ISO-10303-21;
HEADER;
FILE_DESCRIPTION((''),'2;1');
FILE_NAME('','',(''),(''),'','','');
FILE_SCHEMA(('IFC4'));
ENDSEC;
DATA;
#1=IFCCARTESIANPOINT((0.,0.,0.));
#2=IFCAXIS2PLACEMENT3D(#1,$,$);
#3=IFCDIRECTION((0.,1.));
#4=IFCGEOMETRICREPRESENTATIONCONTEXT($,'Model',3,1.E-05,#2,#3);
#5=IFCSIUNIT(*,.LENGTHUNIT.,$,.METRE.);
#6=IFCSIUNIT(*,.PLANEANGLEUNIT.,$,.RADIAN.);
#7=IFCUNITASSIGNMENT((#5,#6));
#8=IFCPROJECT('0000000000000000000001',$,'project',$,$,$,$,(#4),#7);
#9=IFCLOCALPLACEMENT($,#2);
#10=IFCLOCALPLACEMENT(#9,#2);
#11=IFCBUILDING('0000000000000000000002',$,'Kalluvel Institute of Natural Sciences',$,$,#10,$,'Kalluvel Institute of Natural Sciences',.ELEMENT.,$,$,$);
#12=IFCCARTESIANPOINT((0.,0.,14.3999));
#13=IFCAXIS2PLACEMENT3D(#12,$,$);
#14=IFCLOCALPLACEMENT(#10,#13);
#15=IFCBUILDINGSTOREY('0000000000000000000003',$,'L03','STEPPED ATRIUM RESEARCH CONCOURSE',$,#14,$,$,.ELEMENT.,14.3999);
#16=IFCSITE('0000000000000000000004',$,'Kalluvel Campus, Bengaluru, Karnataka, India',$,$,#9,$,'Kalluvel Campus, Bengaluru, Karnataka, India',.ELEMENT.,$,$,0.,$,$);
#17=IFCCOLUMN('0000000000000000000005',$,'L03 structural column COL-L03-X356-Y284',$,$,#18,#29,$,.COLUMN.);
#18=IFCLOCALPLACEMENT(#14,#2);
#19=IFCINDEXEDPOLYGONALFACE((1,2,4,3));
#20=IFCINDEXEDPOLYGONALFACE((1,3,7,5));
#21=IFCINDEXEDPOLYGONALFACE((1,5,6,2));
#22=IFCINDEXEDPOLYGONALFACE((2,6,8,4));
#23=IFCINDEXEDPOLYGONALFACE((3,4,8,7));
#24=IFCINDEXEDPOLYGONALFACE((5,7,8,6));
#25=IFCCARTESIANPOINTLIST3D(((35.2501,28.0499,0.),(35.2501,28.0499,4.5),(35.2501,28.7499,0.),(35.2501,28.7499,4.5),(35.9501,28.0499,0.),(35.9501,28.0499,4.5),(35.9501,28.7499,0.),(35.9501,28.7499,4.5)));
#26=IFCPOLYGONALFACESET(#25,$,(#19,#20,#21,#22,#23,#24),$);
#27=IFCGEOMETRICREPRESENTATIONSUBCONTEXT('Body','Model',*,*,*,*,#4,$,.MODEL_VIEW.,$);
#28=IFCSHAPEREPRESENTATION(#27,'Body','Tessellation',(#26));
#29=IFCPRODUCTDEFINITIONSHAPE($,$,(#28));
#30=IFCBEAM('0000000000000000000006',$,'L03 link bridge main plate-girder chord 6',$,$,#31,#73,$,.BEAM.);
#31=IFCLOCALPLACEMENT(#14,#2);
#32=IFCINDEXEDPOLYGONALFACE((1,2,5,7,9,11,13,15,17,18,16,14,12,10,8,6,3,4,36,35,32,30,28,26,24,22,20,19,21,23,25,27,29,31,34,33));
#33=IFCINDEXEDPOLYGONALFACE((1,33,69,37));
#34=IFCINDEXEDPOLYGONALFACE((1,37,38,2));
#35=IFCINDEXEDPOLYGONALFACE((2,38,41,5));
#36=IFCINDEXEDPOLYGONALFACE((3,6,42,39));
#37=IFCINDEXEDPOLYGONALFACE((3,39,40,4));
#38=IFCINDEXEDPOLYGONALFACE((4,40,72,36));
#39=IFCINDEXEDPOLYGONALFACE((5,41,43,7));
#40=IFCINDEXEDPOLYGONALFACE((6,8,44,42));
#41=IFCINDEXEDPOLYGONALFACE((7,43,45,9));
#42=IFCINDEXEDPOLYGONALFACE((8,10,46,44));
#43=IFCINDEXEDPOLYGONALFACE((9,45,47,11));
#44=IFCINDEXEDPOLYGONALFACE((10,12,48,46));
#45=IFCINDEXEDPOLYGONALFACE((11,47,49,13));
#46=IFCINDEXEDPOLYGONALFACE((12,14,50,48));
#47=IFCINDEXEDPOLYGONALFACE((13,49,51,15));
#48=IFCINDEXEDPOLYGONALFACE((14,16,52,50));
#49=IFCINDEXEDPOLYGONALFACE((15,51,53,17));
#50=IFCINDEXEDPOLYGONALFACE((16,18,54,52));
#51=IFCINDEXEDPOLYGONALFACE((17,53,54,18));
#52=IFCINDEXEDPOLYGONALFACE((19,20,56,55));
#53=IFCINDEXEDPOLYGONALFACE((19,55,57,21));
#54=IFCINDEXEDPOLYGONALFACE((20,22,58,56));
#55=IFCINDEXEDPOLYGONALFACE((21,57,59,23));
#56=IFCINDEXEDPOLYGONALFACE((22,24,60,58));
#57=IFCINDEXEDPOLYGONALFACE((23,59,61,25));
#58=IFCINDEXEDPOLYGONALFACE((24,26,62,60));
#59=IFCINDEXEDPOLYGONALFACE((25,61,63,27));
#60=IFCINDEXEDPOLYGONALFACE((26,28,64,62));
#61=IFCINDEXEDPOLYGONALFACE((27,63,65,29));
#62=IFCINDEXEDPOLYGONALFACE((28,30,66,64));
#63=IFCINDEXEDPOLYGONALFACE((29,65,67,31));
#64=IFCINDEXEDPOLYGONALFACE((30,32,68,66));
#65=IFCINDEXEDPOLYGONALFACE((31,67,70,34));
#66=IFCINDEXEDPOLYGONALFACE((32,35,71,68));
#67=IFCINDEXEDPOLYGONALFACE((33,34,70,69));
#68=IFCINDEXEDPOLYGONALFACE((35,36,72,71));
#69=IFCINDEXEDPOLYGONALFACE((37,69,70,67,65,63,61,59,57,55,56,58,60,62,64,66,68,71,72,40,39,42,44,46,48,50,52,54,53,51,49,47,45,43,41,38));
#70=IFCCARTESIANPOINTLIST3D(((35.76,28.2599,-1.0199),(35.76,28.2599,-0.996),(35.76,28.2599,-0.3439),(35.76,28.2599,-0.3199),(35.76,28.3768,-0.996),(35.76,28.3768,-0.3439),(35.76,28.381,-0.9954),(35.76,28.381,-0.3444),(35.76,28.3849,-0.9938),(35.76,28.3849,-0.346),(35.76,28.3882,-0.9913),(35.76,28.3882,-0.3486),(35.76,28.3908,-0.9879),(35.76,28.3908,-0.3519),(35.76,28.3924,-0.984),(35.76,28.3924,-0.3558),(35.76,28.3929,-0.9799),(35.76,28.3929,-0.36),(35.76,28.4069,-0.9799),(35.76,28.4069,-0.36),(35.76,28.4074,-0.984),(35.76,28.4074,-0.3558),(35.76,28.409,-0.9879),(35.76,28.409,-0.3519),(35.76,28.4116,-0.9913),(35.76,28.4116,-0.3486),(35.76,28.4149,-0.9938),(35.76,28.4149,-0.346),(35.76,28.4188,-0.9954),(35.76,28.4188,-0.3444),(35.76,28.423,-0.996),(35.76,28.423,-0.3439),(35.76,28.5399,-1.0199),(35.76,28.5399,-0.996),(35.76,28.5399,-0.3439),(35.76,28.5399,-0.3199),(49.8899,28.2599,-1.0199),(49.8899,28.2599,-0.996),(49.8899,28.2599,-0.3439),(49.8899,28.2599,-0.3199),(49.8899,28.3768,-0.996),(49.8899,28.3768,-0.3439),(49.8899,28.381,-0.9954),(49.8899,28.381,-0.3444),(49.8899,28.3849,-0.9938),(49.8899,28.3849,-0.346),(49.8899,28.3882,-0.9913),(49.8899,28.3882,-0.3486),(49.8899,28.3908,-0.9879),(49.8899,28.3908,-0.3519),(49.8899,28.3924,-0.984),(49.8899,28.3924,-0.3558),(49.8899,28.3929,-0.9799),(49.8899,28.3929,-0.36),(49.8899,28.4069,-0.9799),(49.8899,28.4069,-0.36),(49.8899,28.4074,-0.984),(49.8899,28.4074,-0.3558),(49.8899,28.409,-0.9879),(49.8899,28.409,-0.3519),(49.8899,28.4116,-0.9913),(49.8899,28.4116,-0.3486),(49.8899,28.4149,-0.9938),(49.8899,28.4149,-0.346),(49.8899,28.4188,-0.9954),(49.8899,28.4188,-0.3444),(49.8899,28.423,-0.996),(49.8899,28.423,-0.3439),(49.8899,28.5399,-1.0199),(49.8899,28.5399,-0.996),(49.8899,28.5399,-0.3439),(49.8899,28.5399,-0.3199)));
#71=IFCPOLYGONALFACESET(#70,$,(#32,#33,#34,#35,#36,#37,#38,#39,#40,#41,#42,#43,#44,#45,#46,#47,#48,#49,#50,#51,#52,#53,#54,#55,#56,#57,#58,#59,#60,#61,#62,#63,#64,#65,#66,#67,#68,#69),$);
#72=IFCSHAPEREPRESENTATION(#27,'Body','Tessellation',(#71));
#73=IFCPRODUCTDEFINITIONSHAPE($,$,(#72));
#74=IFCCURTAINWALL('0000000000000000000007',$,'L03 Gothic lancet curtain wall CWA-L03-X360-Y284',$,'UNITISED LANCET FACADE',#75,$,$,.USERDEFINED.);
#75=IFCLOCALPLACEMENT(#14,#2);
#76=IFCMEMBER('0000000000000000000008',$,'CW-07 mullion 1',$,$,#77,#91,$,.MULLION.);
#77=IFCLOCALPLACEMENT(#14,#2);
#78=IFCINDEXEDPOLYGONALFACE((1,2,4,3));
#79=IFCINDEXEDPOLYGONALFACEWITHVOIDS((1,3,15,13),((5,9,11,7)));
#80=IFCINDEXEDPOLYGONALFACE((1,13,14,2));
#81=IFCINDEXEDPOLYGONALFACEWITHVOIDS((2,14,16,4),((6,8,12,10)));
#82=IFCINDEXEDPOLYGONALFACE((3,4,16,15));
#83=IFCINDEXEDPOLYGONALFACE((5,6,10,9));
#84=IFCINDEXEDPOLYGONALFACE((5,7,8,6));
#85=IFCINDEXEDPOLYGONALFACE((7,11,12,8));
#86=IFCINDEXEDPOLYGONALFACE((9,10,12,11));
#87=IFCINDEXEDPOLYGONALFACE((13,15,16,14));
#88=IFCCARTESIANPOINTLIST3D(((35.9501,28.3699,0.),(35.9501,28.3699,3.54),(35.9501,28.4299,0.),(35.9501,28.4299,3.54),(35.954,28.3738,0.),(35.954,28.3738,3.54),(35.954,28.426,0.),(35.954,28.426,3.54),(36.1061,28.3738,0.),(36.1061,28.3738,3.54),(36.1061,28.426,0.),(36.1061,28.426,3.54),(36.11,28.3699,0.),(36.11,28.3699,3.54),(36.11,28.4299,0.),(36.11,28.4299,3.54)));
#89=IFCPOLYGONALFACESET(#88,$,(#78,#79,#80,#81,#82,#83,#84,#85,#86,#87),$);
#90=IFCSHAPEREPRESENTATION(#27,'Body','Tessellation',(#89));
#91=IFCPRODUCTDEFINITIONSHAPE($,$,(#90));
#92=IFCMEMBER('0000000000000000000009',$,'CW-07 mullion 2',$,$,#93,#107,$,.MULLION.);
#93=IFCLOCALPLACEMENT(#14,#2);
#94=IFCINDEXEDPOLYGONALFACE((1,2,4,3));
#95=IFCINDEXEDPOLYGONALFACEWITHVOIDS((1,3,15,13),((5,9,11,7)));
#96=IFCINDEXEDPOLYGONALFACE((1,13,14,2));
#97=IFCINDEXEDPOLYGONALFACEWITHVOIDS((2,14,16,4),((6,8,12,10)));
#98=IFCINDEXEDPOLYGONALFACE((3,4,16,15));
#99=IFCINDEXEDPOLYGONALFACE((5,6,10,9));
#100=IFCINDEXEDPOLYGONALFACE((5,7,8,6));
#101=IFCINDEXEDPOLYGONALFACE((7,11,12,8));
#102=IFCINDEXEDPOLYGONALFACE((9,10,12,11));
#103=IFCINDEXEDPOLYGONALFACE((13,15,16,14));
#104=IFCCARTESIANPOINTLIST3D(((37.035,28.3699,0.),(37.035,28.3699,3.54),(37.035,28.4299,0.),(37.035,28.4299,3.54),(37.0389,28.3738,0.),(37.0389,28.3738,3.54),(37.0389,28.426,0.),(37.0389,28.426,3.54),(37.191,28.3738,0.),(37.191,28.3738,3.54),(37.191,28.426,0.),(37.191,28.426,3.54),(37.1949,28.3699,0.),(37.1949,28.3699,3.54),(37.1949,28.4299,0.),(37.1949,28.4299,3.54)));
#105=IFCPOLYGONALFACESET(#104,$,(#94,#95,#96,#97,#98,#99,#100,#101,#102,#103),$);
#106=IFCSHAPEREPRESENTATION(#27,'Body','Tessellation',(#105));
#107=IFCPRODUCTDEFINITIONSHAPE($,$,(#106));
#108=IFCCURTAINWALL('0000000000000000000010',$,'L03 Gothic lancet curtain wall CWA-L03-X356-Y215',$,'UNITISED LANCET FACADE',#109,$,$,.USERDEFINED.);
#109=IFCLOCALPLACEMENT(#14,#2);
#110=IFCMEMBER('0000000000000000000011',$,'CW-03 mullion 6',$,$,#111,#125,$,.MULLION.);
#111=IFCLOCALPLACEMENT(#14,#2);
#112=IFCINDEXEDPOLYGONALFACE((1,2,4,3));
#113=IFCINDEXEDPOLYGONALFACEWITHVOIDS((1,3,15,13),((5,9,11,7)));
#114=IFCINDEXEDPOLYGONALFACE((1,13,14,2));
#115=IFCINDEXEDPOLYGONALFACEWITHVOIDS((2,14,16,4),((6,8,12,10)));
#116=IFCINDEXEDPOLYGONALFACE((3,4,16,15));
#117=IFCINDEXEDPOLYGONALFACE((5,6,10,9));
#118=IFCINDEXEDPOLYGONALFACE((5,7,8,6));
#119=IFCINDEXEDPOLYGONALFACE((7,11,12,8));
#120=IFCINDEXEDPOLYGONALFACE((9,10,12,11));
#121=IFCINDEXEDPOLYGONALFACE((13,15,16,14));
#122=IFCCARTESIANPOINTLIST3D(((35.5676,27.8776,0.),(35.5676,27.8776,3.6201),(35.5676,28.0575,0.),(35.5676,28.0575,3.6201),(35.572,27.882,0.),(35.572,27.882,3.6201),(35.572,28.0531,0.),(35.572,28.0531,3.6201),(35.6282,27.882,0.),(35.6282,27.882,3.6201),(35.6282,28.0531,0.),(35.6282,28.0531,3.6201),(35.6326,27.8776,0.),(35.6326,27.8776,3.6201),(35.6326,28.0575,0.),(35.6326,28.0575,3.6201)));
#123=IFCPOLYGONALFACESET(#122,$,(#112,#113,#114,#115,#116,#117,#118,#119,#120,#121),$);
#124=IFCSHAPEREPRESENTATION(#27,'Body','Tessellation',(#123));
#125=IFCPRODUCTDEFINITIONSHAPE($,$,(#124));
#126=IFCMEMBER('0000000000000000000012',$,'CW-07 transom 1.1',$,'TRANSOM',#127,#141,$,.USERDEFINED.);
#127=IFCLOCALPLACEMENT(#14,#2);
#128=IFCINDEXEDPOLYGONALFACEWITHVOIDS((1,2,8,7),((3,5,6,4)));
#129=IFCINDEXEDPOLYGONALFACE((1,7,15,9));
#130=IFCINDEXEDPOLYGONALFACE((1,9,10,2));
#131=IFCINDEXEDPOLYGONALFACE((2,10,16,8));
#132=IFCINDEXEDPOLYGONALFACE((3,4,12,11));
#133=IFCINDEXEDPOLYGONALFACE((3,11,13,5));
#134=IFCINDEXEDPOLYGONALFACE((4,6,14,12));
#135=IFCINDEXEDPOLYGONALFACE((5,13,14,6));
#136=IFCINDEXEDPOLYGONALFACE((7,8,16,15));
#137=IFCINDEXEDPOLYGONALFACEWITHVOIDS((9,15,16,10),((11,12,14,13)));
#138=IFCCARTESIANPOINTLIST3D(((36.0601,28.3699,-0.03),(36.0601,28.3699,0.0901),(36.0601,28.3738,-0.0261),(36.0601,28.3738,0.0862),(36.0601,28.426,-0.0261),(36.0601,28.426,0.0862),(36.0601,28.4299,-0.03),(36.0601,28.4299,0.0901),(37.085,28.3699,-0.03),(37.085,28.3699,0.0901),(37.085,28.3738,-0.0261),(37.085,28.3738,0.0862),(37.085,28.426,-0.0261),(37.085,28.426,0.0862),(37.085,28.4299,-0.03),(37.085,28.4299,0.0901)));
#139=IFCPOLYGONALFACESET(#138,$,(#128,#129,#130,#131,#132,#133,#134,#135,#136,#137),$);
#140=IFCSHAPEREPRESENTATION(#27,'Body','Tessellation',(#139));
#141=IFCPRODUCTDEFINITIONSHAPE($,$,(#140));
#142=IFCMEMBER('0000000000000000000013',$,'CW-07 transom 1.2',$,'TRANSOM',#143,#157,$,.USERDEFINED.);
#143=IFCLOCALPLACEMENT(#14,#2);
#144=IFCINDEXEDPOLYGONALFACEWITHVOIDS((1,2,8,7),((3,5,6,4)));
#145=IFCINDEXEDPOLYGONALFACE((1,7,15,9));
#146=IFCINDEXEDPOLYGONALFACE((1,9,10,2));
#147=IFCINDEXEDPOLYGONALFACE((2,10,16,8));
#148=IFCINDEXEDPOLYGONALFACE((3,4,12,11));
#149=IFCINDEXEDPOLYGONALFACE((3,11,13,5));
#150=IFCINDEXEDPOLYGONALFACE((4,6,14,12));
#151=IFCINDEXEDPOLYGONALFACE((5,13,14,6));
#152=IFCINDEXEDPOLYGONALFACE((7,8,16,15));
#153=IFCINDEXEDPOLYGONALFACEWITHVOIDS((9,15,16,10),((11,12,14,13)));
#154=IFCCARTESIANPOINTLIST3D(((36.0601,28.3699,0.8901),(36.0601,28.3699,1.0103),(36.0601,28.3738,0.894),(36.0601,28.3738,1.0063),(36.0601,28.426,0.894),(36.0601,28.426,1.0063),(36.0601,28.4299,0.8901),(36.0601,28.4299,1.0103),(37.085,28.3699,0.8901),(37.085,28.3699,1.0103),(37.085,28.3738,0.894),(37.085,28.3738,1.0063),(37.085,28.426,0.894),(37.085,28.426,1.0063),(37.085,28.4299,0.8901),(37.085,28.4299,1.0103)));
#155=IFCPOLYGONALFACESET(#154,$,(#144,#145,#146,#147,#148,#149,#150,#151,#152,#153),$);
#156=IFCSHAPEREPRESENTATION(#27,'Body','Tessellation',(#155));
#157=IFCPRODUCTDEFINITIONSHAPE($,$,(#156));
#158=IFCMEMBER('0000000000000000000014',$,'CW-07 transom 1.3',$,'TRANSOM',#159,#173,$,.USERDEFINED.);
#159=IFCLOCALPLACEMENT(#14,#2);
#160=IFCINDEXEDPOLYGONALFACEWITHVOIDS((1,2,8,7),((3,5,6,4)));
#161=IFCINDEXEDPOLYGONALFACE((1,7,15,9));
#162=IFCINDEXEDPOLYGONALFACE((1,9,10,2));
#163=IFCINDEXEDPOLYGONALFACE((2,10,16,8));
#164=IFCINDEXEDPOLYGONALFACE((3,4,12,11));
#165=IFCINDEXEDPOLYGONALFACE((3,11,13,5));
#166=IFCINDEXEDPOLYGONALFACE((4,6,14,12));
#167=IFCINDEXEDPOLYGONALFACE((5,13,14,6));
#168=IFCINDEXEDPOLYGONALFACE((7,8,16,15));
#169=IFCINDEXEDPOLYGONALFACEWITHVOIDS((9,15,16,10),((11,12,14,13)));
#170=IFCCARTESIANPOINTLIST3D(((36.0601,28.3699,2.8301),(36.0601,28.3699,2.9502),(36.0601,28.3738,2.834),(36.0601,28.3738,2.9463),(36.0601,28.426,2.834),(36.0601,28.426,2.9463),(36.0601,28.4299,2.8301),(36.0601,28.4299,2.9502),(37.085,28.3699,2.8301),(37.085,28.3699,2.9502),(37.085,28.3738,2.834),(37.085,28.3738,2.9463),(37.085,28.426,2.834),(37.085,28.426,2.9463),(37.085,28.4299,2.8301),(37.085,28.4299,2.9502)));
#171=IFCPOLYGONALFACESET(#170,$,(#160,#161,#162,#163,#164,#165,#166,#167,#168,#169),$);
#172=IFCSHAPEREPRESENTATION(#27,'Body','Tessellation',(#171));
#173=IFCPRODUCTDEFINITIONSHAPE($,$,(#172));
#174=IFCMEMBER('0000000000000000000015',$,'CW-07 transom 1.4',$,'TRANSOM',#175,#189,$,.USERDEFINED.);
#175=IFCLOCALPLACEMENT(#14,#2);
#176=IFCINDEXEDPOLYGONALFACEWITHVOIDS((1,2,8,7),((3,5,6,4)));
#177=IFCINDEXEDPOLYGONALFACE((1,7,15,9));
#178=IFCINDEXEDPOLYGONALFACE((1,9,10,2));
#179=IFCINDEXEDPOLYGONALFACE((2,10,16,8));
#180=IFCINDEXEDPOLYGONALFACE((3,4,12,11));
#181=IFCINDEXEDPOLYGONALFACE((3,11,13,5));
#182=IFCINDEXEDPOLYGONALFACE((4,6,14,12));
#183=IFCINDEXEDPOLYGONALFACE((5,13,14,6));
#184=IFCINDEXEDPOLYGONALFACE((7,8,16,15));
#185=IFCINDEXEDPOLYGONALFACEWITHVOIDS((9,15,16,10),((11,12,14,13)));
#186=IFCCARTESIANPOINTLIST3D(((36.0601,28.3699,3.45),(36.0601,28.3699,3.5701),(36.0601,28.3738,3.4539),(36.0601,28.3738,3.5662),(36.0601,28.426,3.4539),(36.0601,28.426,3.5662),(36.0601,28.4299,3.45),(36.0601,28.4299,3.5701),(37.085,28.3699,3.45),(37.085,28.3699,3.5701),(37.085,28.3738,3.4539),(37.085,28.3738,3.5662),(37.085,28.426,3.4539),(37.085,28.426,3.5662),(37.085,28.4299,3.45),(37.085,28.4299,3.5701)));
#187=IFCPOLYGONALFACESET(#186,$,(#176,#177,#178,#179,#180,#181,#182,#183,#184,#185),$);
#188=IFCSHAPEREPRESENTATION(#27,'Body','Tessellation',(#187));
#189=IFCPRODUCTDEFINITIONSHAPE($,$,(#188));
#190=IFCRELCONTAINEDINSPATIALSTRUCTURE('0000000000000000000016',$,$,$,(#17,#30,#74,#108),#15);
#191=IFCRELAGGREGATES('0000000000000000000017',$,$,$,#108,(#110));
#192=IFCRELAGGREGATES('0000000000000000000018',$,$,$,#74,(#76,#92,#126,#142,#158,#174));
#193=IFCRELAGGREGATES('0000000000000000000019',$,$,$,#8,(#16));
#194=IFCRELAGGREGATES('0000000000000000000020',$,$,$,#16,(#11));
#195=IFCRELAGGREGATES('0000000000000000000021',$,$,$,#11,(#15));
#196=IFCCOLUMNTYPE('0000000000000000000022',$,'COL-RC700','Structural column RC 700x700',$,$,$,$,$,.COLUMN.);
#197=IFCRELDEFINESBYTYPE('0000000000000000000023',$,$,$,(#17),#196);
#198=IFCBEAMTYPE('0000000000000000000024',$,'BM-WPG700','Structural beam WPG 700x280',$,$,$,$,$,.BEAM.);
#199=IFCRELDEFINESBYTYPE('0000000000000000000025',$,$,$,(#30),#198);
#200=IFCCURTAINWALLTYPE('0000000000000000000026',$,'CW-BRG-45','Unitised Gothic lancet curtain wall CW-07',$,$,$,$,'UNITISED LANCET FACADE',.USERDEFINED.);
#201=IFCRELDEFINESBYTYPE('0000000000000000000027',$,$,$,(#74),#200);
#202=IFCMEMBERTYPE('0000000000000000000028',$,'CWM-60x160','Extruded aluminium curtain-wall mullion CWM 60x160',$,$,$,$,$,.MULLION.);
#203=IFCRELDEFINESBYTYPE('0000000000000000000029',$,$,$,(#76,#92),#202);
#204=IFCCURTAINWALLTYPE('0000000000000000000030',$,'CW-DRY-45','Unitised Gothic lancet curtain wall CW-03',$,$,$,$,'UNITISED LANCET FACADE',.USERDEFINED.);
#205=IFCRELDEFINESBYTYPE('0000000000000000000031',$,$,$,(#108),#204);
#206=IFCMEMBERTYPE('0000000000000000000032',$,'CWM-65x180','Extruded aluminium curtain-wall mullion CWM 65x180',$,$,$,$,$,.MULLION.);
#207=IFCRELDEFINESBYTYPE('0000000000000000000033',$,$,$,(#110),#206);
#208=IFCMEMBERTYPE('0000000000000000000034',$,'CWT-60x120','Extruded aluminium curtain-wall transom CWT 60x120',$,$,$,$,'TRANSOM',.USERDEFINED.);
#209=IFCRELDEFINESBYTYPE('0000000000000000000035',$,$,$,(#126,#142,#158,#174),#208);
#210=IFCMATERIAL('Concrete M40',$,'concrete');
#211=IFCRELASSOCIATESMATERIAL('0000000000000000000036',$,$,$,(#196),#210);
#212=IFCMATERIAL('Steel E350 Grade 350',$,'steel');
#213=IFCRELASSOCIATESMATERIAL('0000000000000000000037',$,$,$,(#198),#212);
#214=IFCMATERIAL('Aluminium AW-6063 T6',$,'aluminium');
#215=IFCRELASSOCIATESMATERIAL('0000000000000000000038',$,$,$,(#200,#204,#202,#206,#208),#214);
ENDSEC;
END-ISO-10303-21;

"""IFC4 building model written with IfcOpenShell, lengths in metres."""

from ifc_helpers import new_model, si_unit, direction, frame, origin, origin_2d, place, context, subcontext, project, spatial, rectangle, hollow_rectangle, i_section, extrude, material, material_profile, profile_set, type_object, element, aggregate, save


model = new_model("IFC4")

# Units and contexts
model_context = context("Model", 3, precision=1e-05, world=origin(), true_north=direction((0.0, 1.0)))
body_context = subcontext(model_context, "Body", "Model", "MODEL_VIEW")
ifc_project = project(units=[si_unit("LENGTHUNIT", "METRE"), si_unit("PLANEANGLEUNIT", "RADIAN")], contexts=[model_context])

# Site, building, storey
site_placement = place(None, origin())
site = spatial("IfcSite", under=ifc_project, at=site_placement, Name="Kalluvel Campus, Bengaluru, Karnataka, India", LongName="Kalluvel Campus, Bengaluru, Karnataka, India", CompositionType="ELEMENT", RefElevation=0.0)
building_placement = place(site_placement, origin())
building = spatial("IfcBuilding", under=site, at=building_placement, Name="Kalluvel Institute of Natural Sciences", LongName="Kalluvel Institute of Natural Sciences", CompositionType="ELEMENT")
storey_placement = place(building_placement, frame((0.0, 0.0, 14.3999)))
storey = spatial("IfcBuildingStorey", under=building, at=storey_placement, Name="L03", Description="STEPPED ATRIUM RESEARCH CONCOURSE", CompositionType="ELEMENT", Elevation=14.3999)

# Column
ifc_material_1 = material(Name="Concrete M40", Category="concrete")
ifc_material_profile_1 = material_profile(ifc_material_1, rectangle(XDim=0.7, YDim=0.7, at=origin_2d()), Name="RC 700x700")
ifc_profile_set_1 = profile_set([ifc_material_profile_1], Name="Concrete M40")
column_type = type_object("IfcColumnType", Name="COL-RC700", Description="Structural column RC 700x700", PredefinedType="COLUMN", material=ifc_profile_set_1)
column_placement = place(storey_placement, frame((35.6001, 28.3999, 0.0), z_axis=(0.0, 0.0, 1.0), x_axis=(1.0, 0.0, 0.0)))
element("IfcColumn", 1, at=column_placement, inside=storey, type_object=column_type, Name="L03 structural column COL-L03-X356-Y284", PredefinedType="COLUMN", context=body_context, shape_type="SweptSolid", body=[
    extrude(rectangle(XDim=0.7, YDim=0.7, at=origin_2d()), origin(), (0.0, 0.0, 1.0), 4.5),
])

# Beam
ifc_material_2 = material(Name="Steel E350 Grade 350", Category="steel")
ifc_material_profile_2 = material_profile(ifc_material_2, i_section(OverallWidth=0.28, OverallDepth=0.7, WebThickness=0.0139, FlangeThickness=0.0239, FilletRadius=0.0161, at=origin_2d()), Name="WPG 700x280")
ifc_profile_set_2 = profile_set([ifc_material_profile_2], Name="Steel E350 Grade 350")
beam_type = type_object("IfcBeamType", Name="BM-WPG700", Description="Structural beam WPG 700x280", PredefinedType="BEAM", material=ifc_profile_set_2)
beam_placement = place(storey_placement, frame((35.76, 28.3999, -0.6699), z_axis=(1.0, 0.0, 0.0), x_axis=(0.0, 1.0, 0.0)))
element("IfcBeam", 2, at=beam_placement, inside=storey, type_object=beam_type, Name="L03 link bridge main plate-girder chord 6", PredefinedType="BEAM", context=body_context, shape_type="SweptSolid", body=[
    extrude(i_section(OverallWidth=0.28, OverallDepth=0.7, WebThickness=0.0139, FlangeThickness=0.0239, FilletRadius=0.0161, at=origin_2d()), origin(), (0.0, 0.0, 1.0), 14.1299),
])

# Curtain wall, members
ifc_material_3 = material(Name="Aluminium AW-6063 T6", Category="aluminium")
curtain_wall_type_1 = type_object("IfcCurtainWallType", Name="CW-BRG-45", Description="Unitised Gothic lancet curtain wall CW-07", ElementType="UNITISED LANCET FACADE", PredefinedType="USERDEFINED", material=ifc_material_3)
curtain_wall_1_placement = place(storey_placement, origin())
curtain_wall_1 = element("IfcCurtainWall", 3, at=curtain_wall_1_placement, inside=storey, type_object=curtain_wall_type_1, Name="L03 Gothic lancet curtain wall CWA-L03-X360-Y284", ObjectType="UNITISED LANCET FACADE", PredefinedType="USERDEFINED")
ifc_material_profile_3 = material_profile(ifc_material_3, hollow_rectangle(XDim=0.0601, YDim=0.1599, WallThickness=0.0039, at=origin_2d()), Name="CWM 60x160")
ifc_profile_set_3 = profile_set([ifc_material_profile_3], Name="Aluminium AW-6063 T6")
member_type_1 = type_object("IfcMemberType", Name="CWM-60x160", Description="Extruded aluminium curtain-wall mullion CWM 60x160", PredefinedType="MULLION", material=ifc_profile_set_3)
member_1_placement = place(storey_placement, frame((36.03, 28.3999, 0.0), z_axis=(0.0, 0.0, 1.0), x_axis=(0.0, 1.0, 0.0)))
member_1 = element("IfcMember", 4, at=member_1_placement, type_object=member_type_1, Name="CW-07 mullion 1", PredefinedType="MULLION", context=body_context, shape_type="SweptSolid", body=[
    extrude(hollow_rectangle(XDim=0.0601, YDim=0.1599, WallThickness=0.0039, at=origin_2d()), origin(), (0.0, 0.0, 1.0), 3.54),
])
member_2_placement = place(storey_placement, frame((37.115, 28.3999, 0.0), z_axis=(0.0, 0.0, 1.0), x_axis=(0.0, 1.0, 0.0)))
member_2 = element("IfcMember", 5, at=member_2_placement, type_object=member_type_1, Name="CW-07 mullion 2", PredefinedType="MULLION", context=body_context, shape_type="SweptSolid", body=[
    extrude(hollow_rectangle(XDim=0.0601, YDim=0.1599, WallThickness=0.0039, at=origin_2d()), origin(), (0.0, 0.0, 1.0), 3.54),
])

# Curtain wall, member
curtain_wall_type_2 = type_object("IfcCurtainWallType", Name="CW-DRY-45", Description="Unitised Gothic lancet curtain wall CW-03", ElementType="UNITISED LANCET FACADE", PredefinedType="USERDEFINED", material=ifc_material_3)
curtain_wall_2_placement = place(storey_placement, origin())
curtain_wall_2 = element("IfcCurtainWall", 6, at=curtain_wall_2_placement, inside=storey, type_object=curtain_wall_type_2, Name="L03 Gothic lancet curtain wall CWA-L03-X356-Y215", ObjectType="UNITISED LANCET FACADE", PredefinedType="USERDEFINED")
ifc_material_profile_4 = material_profile(ifc_material_3, hollow_rectangle(XDim=0.0649, YDim=0.1799, WallThickness=0.0044, at=origin_2d()), Name="CWM 65x180")
ifc_profile_set_4 = profile_set([ifc_material_profile_4], Name="Aluminium AW-6063 T6")
member_type_2 = type_object("IfcMemberType", Name="CWM-65x180", Description="Extruded aluminium curtain-wall mullion CWM 65x180", PredefinedType="MULLION", material=ifc_profile_set_4)
member_3_placement = place(storey_placement, frame((35.6001, 27.9675, 0.0), z_axis=(0.0, 0.0, 1.0), x_axis=(-1.0, 0.0, 0.0)))
member_3 = element("IfcMember", 7, at=member_3_placement, type_object=member_type_2, Name="CW-03 mullion 6", PredefinedType="MULLION", context=body_context, shape_type="SweptSolid", body=[
    extrude(hollow_rectangle(XDim=0.0649, YDim=0.1799, WallThickness=0.0044, at=origin_2d()), origin(), (0.0, 0.0, 1.0), 3.6201),
])

# Members
ifc_material_profile_5 = material_profile(ifc_material_3, hollow_rectangle(XDim=0.0601, YDim=0.1201, WallThickness=0.0039, at=origin_2d()), Name="CWT 60x120")
ifc_profile_set_5 = profile_set([ifc_material_profile_5], Name="Aluminium AW-6063 T6")
member_type_3 = type_object("IfcMemberType", Name="CWT-60x120", Description="Extruded aluminium curtain-wall transom CWT 60x120", ElementType="TRANSOM", PredefinedType="USERDEFINED", material=ifc_profile_set_5)
member_4_placement = place(storey_placement, frame((36.0601, 28.3999, 0.03), z_axis=(1.0, 0.0, 0.0), x_axis=(0.0, 1.0, 0.0)))
member_4 = element("IfcMember", 8, at=member_4_placement, type_object=member_type_3, Name="CW-07 transom 1.1", ObjectType="TRANSOM", PredefinedType="USERDEFINED", context=body_context, shape_type="SweptSolid", body=[
    extrude(hollow_rectangle(XDim=0.0601, YDim=0.1201, WallThickness=0.0039, at=origin_2d()), origin(), (0.0, 0.0, 1.0), 1.0249),
])
member_5_placement = place(storey_placement, frame((36.0601, 28.3999, 0.9502), z_axis=(1.0, 0.0, 0.0), x_axis=(0.0, 1.0, 0.0)))
member_5 = element("IfcMember", 9, at=member_5_placement, type_object=member_type_3, Name="CW-07 transom 1.2", ObjectType="TRANSOM", PredefinedType="USERDEFINED", context=body_context, shape_type="SweptSolid", body=[
    extrude(hollow_rectangle(XDim=0.0601, YDim=0.1201, WallThickness=0.0039, at=origin_2d()), origin(), (0.0, 0.0, 1.0), 1.0249),
])
member_6_placement = place(storey_placement, frame((36.0601, 28.3999, 2.8901), z_axis=(1.0, 0.0, 0.0), x_axis=(0.0, 1.0, 0.0)))
member_6 = element("IfcMember", 10, at=member_6_placement, type_object=member_type_3, Name="CW-07 transom 1.3", ObjectType="TRANSOM", PredefinedType="USERDEFINED", context=body_context, shape_type="SweptSolid", body=[
    extrude(hollow_rectangle(XDim=0.0601, YDim=0.1201, WallThickness=0.0039, at=origin_2d()), origin(), (0.0, 0.0, 1.0), 1.0249),
])
member_7_placement = place(storey_placement, frame((36.0601, 28.3999, 3.51), z_axis=(1.0, 0.0, 0.0), x_axis=(0.0, 1.0, 0.0)))
member_7 = element("IfcMember", 11, at=member_7_placement, type_object=member_type_3, Name="CW-07 transom 1.4", ObjectType="TRANSOM", PredefinedType="USERDEFINED", context=body_context, shape_type="SweptSolid", body=[
    extrude(hollow_rectangle(XDim=0.0601, YDim=0.1201, WallThickness=0.0039, at=origin_2d()), origin(), (0.0, 0.0, 1.0), 1.0249),
])

aggregate(curtain_wall_2, [member_3])
aggregate(curtain_wall_1, [member_1, member_2, member_4, member_5, member_6, member_7])

save(model, "model.ifc")
